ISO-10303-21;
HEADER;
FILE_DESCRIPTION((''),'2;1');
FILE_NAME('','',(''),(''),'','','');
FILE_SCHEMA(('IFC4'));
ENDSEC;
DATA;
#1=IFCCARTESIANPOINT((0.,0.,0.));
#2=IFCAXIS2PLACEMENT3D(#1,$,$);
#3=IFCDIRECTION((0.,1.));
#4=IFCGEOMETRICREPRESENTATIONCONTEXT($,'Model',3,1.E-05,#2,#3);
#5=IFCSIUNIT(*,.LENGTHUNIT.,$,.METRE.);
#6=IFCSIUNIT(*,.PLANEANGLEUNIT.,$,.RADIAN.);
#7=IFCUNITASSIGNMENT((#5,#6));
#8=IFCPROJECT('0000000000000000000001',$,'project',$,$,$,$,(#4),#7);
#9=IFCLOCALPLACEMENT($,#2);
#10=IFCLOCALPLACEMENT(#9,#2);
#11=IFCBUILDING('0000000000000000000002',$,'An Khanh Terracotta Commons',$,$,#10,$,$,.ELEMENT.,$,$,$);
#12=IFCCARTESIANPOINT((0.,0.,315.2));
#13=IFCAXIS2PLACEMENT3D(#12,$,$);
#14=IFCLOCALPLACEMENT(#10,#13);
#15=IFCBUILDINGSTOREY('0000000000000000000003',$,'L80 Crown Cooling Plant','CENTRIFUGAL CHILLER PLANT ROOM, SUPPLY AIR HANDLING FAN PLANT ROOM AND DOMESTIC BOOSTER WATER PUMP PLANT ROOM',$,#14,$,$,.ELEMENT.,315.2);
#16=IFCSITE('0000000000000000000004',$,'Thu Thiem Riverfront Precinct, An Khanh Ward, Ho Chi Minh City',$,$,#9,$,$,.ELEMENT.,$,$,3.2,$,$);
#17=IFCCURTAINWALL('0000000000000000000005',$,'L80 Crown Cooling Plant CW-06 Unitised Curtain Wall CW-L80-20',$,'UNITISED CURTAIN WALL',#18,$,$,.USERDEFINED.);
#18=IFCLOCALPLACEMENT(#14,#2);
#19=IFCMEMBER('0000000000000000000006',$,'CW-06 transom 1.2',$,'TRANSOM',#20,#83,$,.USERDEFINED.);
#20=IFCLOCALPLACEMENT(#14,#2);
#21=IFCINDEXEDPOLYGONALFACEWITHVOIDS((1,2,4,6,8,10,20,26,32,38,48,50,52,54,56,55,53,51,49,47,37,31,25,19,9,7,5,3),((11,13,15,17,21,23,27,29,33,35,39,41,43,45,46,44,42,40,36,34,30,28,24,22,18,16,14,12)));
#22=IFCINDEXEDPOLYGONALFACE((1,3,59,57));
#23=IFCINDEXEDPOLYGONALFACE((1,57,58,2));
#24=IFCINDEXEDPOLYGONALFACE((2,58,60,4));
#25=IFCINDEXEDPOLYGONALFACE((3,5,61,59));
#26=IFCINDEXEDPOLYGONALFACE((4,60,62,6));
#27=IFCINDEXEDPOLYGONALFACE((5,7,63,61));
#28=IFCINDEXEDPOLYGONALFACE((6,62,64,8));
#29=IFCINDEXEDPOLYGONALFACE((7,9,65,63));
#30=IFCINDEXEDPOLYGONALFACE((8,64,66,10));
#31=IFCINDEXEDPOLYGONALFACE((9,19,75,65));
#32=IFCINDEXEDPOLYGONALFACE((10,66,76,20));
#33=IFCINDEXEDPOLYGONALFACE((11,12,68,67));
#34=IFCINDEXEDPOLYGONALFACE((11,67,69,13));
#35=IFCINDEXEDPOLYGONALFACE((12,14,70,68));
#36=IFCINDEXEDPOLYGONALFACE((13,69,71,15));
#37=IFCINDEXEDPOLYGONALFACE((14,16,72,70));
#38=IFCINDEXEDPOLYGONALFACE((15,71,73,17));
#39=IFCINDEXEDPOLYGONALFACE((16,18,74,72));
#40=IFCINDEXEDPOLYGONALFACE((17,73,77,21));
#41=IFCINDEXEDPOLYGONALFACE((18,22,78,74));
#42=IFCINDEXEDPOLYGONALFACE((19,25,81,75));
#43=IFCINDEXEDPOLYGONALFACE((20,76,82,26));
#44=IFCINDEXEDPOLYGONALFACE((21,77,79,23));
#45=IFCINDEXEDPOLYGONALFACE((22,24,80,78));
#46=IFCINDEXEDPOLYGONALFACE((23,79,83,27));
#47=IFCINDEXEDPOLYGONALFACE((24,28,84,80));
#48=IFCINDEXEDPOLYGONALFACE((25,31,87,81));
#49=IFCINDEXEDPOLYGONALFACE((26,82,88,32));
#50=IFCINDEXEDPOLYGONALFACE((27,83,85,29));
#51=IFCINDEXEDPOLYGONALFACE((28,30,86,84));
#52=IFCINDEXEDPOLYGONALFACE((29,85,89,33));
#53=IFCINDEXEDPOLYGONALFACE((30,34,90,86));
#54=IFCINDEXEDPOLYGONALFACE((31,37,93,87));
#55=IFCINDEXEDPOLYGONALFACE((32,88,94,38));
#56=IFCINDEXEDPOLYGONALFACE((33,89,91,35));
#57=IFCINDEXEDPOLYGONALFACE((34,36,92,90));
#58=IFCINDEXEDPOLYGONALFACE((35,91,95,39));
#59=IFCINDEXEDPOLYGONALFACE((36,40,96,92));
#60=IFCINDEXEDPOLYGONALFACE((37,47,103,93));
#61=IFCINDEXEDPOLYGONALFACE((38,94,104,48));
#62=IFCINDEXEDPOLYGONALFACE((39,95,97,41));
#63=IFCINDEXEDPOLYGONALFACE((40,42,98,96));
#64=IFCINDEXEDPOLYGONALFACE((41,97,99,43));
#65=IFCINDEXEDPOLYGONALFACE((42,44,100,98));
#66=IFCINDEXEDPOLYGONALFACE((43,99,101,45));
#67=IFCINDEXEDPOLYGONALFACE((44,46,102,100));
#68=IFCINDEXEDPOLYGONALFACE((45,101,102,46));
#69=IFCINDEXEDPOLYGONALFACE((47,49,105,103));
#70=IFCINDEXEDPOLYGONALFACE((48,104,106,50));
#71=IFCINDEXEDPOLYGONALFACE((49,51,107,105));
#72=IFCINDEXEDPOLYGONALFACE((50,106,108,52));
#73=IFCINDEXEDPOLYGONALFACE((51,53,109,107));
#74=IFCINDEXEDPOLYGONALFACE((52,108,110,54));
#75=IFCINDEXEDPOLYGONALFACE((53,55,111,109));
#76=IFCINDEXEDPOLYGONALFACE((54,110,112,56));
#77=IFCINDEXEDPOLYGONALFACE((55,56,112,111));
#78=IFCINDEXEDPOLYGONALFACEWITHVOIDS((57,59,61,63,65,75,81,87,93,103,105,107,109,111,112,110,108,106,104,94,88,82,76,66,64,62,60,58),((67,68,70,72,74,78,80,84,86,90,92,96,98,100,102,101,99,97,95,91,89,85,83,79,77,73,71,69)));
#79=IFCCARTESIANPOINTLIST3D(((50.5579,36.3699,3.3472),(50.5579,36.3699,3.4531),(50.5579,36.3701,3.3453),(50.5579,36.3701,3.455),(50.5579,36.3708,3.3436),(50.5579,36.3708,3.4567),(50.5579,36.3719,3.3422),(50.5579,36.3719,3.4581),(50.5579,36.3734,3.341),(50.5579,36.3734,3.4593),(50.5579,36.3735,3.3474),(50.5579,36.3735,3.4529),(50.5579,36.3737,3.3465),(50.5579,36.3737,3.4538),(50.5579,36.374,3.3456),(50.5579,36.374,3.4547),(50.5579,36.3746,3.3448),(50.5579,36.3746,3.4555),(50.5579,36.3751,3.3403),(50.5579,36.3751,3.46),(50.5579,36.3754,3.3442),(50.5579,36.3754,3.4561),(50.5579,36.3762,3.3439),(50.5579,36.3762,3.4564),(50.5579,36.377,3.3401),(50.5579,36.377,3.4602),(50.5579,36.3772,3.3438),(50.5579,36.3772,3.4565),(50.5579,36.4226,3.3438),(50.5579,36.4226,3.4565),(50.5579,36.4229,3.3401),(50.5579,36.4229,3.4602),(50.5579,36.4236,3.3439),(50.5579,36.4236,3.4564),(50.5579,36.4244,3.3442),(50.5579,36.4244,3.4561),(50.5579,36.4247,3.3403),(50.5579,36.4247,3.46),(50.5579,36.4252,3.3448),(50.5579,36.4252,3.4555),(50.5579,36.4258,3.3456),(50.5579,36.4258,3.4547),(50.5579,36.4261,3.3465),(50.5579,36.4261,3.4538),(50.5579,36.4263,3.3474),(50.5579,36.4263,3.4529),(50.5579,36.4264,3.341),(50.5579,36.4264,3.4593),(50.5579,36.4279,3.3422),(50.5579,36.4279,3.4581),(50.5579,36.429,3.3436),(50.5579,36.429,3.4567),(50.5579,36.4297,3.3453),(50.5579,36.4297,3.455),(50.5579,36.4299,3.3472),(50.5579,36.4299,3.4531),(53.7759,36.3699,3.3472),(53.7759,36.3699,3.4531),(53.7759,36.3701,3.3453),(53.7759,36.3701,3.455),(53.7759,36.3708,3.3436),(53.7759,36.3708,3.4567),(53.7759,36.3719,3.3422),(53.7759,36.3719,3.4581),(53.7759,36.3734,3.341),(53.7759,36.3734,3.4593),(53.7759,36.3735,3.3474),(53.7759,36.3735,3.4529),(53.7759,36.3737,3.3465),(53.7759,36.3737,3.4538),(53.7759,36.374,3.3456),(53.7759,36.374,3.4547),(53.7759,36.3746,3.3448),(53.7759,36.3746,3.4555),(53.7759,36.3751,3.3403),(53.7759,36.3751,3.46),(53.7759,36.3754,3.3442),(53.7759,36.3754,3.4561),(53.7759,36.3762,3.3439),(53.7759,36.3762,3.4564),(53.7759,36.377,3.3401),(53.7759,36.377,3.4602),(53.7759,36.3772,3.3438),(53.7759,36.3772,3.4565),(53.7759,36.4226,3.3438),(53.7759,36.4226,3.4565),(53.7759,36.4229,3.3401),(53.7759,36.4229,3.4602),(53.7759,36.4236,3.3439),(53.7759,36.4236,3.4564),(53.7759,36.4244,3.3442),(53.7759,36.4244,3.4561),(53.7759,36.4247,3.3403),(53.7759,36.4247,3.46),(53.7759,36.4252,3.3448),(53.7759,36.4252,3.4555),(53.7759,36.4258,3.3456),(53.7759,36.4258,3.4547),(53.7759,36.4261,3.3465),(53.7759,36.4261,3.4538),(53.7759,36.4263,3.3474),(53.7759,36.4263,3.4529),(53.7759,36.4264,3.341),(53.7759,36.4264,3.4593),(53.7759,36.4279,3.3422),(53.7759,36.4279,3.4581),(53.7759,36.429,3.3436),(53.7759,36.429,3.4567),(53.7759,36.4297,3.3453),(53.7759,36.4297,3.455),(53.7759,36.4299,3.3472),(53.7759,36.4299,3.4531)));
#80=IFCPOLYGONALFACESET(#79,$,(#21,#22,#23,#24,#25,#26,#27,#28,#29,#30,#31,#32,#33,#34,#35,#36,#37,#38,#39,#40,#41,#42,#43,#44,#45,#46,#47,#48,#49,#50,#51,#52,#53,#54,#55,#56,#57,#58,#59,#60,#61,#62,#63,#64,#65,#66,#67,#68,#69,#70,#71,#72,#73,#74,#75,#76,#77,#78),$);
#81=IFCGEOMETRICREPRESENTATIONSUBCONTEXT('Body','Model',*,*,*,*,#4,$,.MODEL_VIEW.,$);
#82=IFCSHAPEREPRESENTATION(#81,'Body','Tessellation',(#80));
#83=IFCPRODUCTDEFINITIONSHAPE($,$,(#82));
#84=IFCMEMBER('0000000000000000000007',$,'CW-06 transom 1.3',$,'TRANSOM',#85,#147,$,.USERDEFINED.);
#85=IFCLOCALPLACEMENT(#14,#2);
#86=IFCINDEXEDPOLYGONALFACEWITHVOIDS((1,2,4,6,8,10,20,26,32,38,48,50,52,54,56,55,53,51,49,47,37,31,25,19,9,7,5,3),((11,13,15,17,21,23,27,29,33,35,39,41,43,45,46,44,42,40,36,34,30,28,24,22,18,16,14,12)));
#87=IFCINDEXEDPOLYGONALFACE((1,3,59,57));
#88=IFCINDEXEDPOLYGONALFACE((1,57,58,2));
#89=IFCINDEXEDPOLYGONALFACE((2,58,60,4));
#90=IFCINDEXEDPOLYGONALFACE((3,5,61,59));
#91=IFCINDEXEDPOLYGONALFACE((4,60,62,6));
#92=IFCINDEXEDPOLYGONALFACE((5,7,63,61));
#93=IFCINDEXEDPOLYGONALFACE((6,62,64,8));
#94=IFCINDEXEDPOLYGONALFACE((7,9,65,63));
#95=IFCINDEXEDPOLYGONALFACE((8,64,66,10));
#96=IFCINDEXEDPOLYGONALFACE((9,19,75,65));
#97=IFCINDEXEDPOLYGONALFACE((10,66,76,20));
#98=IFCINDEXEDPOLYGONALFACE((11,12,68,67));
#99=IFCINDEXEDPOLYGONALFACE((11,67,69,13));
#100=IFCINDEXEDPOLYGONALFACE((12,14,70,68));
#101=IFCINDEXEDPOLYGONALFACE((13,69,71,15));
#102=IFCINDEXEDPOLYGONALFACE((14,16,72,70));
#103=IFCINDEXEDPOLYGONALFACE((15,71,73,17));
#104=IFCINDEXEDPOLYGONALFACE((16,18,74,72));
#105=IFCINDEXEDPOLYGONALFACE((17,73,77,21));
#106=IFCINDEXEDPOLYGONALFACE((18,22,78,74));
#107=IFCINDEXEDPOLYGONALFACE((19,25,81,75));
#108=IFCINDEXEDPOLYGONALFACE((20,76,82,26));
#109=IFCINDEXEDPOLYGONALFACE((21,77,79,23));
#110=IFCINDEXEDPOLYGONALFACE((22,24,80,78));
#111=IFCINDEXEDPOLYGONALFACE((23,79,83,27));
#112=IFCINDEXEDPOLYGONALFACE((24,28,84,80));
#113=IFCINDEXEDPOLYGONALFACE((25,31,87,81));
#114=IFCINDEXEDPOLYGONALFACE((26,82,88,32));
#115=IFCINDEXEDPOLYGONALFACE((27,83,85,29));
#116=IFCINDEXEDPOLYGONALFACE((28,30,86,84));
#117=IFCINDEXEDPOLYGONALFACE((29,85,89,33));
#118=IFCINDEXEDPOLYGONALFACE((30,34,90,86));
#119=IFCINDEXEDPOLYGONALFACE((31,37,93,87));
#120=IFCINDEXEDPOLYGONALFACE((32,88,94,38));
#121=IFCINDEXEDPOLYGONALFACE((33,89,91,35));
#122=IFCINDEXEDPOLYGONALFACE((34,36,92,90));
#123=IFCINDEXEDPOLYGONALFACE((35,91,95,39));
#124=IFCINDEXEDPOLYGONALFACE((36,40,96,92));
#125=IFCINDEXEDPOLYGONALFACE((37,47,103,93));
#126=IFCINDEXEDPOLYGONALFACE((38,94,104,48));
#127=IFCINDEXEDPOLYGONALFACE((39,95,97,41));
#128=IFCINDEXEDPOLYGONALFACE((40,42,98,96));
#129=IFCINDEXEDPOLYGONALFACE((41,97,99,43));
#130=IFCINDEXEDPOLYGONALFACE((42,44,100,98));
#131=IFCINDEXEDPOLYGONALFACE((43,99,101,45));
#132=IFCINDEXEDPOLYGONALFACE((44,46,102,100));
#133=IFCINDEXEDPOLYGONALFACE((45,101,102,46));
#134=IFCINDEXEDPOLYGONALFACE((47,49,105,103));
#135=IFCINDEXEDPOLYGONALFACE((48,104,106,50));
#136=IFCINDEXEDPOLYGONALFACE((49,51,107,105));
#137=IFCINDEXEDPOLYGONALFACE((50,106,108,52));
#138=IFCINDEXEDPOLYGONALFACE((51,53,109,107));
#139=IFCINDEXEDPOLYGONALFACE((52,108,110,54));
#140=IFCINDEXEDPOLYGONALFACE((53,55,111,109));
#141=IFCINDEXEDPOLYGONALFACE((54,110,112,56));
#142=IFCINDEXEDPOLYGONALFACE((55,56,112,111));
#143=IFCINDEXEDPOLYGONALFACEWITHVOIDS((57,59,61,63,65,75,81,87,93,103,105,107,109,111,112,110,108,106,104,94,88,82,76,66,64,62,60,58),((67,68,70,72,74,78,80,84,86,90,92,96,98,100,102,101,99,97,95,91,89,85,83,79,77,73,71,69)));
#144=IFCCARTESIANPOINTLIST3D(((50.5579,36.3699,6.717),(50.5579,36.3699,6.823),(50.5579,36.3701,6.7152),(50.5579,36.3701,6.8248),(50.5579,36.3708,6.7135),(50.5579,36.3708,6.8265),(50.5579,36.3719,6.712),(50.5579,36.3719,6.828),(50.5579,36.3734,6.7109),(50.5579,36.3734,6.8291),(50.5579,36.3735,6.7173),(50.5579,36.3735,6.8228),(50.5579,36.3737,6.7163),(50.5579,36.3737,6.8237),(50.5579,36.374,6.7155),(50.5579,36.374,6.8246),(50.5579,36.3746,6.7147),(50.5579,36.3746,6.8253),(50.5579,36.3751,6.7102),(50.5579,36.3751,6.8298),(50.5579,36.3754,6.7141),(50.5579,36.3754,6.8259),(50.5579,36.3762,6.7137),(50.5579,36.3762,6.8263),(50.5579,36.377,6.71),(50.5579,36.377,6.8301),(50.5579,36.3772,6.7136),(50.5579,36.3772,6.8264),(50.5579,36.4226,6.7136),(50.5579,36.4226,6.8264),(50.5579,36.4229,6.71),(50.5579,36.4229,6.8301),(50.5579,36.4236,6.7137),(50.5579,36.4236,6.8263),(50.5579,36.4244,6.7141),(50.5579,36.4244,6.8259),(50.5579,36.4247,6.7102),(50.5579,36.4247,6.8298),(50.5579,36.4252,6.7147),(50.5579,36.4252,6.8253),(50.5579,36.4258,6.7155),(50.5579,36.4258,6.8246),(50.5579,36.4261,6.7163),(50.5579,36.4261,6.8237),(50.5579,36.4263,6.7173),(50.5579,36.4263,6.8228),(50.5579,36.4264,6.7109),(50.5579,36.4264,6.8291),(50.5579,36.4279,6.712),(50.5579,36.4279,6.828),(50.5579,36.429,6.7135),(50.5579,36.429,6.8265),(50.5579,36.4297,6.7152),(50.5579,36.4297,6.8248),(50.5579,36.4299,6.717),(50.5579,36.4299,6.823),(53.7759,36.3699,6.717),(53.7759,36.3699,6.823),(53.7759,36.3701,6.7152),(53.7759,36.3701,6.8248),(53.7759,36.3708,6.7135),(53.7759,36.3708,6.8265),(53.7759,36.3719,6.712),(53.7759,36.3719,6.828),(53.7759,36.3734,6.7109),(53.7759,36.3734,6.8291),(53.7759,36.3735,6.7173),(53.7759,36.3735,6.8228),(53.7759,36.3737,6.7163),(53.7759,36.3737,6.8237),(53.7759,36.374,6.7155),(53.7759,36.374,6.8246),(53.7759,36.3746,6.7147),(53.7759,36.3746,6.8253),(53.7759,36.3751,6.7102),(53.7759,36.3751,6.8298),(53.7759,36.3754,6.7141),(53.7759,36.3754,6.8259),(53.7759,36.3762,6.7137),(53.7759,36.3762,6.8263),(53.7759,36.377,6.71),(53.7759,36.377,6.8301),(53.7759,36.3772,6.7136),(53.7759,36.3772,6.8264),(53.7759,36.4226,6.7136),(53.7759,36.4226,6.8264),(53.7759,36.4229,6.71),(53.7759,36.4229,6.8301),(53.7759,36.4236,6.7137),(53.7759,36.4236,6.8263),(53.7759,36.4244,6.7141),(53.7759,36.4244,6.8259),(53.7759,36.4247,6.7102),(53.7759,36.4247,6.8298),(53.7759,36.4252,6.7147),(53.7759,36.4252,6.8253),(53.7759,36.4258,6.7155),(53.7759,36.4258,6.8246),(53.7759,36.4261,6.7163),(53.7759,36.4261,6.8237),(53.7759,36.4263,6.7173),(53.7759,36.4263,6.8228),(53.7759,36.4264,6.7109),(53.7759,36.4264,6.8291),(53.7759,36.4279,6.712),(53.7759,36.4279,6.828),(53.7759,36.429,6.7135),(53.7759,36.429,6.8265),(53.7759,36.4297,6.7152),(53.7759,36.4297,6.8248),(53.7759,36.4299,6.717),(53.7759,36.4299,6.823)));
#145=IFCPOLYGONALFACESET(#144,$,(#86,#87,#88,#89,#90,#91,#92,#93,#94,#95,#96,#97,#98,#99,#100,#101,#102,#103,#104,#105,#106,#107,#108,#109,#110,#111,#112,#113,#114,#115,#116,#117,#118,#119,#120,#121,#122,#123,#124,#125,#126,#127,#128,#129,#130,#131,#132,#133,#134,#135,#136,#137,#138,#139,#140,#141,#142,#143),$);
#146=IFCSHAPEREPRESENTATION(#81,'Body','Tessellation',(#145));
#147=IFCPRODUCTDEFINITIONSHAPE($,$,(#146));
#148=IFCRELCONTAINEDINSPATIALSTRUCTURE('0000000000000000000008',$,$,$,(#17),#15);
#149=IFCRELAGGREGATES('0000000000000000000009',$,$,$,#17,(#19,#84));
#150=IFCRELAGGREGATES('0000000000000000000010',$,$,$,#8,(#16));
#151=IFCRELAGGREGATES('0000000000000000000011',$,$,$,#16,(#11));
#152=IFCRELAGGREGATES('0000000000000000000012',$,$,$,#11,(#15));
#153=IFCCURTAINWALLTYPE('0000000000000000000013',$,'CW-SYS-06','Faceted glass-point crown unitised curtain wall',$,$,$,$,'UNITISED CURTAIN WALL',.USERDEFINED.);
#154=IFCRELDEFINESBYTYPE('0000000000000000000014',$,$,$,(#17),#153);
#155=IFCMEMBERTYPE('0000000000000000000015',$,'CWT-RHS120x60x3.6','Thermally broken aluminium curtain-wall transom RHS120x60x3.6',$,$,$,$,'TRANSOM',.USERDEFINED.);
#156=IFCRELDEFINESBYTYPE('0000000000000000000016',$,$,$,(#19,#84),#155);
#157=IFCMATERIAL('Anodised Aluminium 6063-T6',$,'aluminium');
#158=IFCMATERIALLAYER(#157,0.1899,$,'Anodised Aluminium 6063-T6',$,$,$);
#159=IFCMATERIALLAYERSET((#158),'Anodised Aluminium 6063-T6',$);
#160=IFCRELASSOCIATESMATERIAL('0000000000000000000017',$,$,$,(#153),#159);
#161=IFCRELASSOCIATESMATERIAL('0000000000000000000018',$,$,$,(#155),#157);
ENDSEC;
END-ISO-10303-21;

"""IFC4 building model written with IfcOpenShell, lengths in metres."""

from ifc_helpers import new_model, si_unit, direction, frame, origin, origin_2d, place, context, subcontext, project, spatial, hollow_rectangle, extrude, material, layer, layer_set, material_profile, profile_set, type_object, element, aggregate, save


model = new_model("IFC4")

# Units and contexts
model_context = context("Model", 3, precision=1e-05, world=origin(), true_north=direction((0.0, 1.0)))
body_context = subcontext(model_context, "Body", "Model", "MODEL_VIEW")
ifc_project = project(units=[si_unit("LENGTHUNIT", "METRE"), si_unit("PLANEANGLEUNIT", "RADIAN")], contexts=[model_context])

# Site, building, storey
site_placement = place(None, origin())
site = spatial("IfcSite", under=ifc_project, at=site_placement, Name="Thu Thiem Riverfront Precinct, An Khanh Ward, Ho Chi Minh City", CompositionType="ELEMENT", RefElevation=3.2)
building_placement = place(site_placement, origin())
building = spatial("IfcBuilding", under=site, at=building_placement, Name="An Khanh Terracotta Commons", CompositionType="ELEMENT")
storey_placement = place(building_placement, frame((0.0, 0.0, 315.2)))
storey = spatial("IfcBuildingStorey", under=building, at=storey_placement, Name="L80 Crown Cooling Plant", Description="CENTRIFUGAL CHILLER PLANT ROOM, SUPPLY AIR HANDLING FAN PLANT ROOM AND DOMESTIC BOOSTER WATER PUMP PLANT ROOM", CompositionType="ELEMENT", Elevation=315.2)

# Curtain wall, members
ifc_material_1 = material(Name="Anodised Aluminium 6063-T6", Category="aluminium")
ifc_layer_1 = layer(ifc_material_1, 0.1899, Name="Anodised Aluminium 6063-T6")
ifc_layer_set_1 = layer_set([ifc_layer_1], Name="Anodised Aluminium 6063-T6")
curtain_wall_type = type_object("IfcCurtainWallType", Name="CW-SYS-06", Description="Faceted glass-point crown unitised curtain wall", ElementType="UNITISED CURTAIN WALL", PredefinedType="USERDEFINED", material=ifc_layer_set_1)
curtain_wall_placement = place(storey_placement, origin())
curtain_wall = element("IfcCurtainWall", 1, at=curtain_wall_placement, inside=storey, type_object=curtain_wall_type, Name="L80 Crown Cooling Plant CW-06 Unitised Curtain Wall CW-L80-20", ObjectType="UNITISED CURTAIN WALL", PredefinedType="USERDEFINED")
ifc_material_profile_1 = material_profile(ifc_material_1, hollow_rectangle(XDim=0.0601, YDim=0.1201, WallThickness=0.0037, InnerFilletRadius=0.0037, OuterFilletRadius=0.0071, at=origin_2d()), Name="RHS120x60x3.6")
ifc_profile_set_1 = profile_set([ifc_material_profile_1], Name="Anodised Aluminium 6063-T6")
member_type_1 = type_object("IfcMemberType", Name="CWT-RHS120x60x3.6", Description="Thermally broken aluminium curtain-wall transom RHS120x60x3.6", ElementType="TRANSOM", PredefinedType="USERDEFINED", material=ifc_profile_set_1)
member_1_placement = place(storey_placement, frame((53.7759, 36.3999, 3.4001), z_axis=(-1.0, 0.0, 0.0), x_axis=(0.0, -1.0, 0.0)))
member_1 = element("IfcMember", 2, at=member_1_placement, type_object=member_type_1, Name="CW-06 transom 1.2", ObjectType="TRANSOM", PredefinedType="USERDEFINED", context=body_context, shape_type="SweptSolid", body=[
    extrude(hollow_rectangle(XDim=0.0601, YDim=0.1201, WallThickness=0.0037, InnerFilletRadius=0.0037, OuterFilletRadius=0.0071, at=origin_2d()), origin(), (0.0, 0.0, 1.0), 3.218),
])
member_2_placement = place(storey_placement, frame((53.7759, 36.3999, 6.77), z_axis=(-1.0, 0.0, 0.0), x_axis=(0.0, -1.0, 0.0)))
member_2 = element("IfcMember", 3, at=member_2_placement, type_object=member_type_1, Name="CW-06 transom 1.3", ObjectType="TRANSOM", PredefinedType="USERDEFINED", context=body_context, shape_type="SweptSolid", body=[
    extrude(hollow_rectangle(XDim=0.0601, YDim=0.1201, WallThickness=0.0037, InnerFilletRadius=0.0037, OuterFilletRadius=0.0071, at=origin_2d()), origin(), (0.0, 0.0, 1.0), 3.218),
])

aggregate(curtain_wall, [member_1, member_2])

save(model, "model.ifc")
